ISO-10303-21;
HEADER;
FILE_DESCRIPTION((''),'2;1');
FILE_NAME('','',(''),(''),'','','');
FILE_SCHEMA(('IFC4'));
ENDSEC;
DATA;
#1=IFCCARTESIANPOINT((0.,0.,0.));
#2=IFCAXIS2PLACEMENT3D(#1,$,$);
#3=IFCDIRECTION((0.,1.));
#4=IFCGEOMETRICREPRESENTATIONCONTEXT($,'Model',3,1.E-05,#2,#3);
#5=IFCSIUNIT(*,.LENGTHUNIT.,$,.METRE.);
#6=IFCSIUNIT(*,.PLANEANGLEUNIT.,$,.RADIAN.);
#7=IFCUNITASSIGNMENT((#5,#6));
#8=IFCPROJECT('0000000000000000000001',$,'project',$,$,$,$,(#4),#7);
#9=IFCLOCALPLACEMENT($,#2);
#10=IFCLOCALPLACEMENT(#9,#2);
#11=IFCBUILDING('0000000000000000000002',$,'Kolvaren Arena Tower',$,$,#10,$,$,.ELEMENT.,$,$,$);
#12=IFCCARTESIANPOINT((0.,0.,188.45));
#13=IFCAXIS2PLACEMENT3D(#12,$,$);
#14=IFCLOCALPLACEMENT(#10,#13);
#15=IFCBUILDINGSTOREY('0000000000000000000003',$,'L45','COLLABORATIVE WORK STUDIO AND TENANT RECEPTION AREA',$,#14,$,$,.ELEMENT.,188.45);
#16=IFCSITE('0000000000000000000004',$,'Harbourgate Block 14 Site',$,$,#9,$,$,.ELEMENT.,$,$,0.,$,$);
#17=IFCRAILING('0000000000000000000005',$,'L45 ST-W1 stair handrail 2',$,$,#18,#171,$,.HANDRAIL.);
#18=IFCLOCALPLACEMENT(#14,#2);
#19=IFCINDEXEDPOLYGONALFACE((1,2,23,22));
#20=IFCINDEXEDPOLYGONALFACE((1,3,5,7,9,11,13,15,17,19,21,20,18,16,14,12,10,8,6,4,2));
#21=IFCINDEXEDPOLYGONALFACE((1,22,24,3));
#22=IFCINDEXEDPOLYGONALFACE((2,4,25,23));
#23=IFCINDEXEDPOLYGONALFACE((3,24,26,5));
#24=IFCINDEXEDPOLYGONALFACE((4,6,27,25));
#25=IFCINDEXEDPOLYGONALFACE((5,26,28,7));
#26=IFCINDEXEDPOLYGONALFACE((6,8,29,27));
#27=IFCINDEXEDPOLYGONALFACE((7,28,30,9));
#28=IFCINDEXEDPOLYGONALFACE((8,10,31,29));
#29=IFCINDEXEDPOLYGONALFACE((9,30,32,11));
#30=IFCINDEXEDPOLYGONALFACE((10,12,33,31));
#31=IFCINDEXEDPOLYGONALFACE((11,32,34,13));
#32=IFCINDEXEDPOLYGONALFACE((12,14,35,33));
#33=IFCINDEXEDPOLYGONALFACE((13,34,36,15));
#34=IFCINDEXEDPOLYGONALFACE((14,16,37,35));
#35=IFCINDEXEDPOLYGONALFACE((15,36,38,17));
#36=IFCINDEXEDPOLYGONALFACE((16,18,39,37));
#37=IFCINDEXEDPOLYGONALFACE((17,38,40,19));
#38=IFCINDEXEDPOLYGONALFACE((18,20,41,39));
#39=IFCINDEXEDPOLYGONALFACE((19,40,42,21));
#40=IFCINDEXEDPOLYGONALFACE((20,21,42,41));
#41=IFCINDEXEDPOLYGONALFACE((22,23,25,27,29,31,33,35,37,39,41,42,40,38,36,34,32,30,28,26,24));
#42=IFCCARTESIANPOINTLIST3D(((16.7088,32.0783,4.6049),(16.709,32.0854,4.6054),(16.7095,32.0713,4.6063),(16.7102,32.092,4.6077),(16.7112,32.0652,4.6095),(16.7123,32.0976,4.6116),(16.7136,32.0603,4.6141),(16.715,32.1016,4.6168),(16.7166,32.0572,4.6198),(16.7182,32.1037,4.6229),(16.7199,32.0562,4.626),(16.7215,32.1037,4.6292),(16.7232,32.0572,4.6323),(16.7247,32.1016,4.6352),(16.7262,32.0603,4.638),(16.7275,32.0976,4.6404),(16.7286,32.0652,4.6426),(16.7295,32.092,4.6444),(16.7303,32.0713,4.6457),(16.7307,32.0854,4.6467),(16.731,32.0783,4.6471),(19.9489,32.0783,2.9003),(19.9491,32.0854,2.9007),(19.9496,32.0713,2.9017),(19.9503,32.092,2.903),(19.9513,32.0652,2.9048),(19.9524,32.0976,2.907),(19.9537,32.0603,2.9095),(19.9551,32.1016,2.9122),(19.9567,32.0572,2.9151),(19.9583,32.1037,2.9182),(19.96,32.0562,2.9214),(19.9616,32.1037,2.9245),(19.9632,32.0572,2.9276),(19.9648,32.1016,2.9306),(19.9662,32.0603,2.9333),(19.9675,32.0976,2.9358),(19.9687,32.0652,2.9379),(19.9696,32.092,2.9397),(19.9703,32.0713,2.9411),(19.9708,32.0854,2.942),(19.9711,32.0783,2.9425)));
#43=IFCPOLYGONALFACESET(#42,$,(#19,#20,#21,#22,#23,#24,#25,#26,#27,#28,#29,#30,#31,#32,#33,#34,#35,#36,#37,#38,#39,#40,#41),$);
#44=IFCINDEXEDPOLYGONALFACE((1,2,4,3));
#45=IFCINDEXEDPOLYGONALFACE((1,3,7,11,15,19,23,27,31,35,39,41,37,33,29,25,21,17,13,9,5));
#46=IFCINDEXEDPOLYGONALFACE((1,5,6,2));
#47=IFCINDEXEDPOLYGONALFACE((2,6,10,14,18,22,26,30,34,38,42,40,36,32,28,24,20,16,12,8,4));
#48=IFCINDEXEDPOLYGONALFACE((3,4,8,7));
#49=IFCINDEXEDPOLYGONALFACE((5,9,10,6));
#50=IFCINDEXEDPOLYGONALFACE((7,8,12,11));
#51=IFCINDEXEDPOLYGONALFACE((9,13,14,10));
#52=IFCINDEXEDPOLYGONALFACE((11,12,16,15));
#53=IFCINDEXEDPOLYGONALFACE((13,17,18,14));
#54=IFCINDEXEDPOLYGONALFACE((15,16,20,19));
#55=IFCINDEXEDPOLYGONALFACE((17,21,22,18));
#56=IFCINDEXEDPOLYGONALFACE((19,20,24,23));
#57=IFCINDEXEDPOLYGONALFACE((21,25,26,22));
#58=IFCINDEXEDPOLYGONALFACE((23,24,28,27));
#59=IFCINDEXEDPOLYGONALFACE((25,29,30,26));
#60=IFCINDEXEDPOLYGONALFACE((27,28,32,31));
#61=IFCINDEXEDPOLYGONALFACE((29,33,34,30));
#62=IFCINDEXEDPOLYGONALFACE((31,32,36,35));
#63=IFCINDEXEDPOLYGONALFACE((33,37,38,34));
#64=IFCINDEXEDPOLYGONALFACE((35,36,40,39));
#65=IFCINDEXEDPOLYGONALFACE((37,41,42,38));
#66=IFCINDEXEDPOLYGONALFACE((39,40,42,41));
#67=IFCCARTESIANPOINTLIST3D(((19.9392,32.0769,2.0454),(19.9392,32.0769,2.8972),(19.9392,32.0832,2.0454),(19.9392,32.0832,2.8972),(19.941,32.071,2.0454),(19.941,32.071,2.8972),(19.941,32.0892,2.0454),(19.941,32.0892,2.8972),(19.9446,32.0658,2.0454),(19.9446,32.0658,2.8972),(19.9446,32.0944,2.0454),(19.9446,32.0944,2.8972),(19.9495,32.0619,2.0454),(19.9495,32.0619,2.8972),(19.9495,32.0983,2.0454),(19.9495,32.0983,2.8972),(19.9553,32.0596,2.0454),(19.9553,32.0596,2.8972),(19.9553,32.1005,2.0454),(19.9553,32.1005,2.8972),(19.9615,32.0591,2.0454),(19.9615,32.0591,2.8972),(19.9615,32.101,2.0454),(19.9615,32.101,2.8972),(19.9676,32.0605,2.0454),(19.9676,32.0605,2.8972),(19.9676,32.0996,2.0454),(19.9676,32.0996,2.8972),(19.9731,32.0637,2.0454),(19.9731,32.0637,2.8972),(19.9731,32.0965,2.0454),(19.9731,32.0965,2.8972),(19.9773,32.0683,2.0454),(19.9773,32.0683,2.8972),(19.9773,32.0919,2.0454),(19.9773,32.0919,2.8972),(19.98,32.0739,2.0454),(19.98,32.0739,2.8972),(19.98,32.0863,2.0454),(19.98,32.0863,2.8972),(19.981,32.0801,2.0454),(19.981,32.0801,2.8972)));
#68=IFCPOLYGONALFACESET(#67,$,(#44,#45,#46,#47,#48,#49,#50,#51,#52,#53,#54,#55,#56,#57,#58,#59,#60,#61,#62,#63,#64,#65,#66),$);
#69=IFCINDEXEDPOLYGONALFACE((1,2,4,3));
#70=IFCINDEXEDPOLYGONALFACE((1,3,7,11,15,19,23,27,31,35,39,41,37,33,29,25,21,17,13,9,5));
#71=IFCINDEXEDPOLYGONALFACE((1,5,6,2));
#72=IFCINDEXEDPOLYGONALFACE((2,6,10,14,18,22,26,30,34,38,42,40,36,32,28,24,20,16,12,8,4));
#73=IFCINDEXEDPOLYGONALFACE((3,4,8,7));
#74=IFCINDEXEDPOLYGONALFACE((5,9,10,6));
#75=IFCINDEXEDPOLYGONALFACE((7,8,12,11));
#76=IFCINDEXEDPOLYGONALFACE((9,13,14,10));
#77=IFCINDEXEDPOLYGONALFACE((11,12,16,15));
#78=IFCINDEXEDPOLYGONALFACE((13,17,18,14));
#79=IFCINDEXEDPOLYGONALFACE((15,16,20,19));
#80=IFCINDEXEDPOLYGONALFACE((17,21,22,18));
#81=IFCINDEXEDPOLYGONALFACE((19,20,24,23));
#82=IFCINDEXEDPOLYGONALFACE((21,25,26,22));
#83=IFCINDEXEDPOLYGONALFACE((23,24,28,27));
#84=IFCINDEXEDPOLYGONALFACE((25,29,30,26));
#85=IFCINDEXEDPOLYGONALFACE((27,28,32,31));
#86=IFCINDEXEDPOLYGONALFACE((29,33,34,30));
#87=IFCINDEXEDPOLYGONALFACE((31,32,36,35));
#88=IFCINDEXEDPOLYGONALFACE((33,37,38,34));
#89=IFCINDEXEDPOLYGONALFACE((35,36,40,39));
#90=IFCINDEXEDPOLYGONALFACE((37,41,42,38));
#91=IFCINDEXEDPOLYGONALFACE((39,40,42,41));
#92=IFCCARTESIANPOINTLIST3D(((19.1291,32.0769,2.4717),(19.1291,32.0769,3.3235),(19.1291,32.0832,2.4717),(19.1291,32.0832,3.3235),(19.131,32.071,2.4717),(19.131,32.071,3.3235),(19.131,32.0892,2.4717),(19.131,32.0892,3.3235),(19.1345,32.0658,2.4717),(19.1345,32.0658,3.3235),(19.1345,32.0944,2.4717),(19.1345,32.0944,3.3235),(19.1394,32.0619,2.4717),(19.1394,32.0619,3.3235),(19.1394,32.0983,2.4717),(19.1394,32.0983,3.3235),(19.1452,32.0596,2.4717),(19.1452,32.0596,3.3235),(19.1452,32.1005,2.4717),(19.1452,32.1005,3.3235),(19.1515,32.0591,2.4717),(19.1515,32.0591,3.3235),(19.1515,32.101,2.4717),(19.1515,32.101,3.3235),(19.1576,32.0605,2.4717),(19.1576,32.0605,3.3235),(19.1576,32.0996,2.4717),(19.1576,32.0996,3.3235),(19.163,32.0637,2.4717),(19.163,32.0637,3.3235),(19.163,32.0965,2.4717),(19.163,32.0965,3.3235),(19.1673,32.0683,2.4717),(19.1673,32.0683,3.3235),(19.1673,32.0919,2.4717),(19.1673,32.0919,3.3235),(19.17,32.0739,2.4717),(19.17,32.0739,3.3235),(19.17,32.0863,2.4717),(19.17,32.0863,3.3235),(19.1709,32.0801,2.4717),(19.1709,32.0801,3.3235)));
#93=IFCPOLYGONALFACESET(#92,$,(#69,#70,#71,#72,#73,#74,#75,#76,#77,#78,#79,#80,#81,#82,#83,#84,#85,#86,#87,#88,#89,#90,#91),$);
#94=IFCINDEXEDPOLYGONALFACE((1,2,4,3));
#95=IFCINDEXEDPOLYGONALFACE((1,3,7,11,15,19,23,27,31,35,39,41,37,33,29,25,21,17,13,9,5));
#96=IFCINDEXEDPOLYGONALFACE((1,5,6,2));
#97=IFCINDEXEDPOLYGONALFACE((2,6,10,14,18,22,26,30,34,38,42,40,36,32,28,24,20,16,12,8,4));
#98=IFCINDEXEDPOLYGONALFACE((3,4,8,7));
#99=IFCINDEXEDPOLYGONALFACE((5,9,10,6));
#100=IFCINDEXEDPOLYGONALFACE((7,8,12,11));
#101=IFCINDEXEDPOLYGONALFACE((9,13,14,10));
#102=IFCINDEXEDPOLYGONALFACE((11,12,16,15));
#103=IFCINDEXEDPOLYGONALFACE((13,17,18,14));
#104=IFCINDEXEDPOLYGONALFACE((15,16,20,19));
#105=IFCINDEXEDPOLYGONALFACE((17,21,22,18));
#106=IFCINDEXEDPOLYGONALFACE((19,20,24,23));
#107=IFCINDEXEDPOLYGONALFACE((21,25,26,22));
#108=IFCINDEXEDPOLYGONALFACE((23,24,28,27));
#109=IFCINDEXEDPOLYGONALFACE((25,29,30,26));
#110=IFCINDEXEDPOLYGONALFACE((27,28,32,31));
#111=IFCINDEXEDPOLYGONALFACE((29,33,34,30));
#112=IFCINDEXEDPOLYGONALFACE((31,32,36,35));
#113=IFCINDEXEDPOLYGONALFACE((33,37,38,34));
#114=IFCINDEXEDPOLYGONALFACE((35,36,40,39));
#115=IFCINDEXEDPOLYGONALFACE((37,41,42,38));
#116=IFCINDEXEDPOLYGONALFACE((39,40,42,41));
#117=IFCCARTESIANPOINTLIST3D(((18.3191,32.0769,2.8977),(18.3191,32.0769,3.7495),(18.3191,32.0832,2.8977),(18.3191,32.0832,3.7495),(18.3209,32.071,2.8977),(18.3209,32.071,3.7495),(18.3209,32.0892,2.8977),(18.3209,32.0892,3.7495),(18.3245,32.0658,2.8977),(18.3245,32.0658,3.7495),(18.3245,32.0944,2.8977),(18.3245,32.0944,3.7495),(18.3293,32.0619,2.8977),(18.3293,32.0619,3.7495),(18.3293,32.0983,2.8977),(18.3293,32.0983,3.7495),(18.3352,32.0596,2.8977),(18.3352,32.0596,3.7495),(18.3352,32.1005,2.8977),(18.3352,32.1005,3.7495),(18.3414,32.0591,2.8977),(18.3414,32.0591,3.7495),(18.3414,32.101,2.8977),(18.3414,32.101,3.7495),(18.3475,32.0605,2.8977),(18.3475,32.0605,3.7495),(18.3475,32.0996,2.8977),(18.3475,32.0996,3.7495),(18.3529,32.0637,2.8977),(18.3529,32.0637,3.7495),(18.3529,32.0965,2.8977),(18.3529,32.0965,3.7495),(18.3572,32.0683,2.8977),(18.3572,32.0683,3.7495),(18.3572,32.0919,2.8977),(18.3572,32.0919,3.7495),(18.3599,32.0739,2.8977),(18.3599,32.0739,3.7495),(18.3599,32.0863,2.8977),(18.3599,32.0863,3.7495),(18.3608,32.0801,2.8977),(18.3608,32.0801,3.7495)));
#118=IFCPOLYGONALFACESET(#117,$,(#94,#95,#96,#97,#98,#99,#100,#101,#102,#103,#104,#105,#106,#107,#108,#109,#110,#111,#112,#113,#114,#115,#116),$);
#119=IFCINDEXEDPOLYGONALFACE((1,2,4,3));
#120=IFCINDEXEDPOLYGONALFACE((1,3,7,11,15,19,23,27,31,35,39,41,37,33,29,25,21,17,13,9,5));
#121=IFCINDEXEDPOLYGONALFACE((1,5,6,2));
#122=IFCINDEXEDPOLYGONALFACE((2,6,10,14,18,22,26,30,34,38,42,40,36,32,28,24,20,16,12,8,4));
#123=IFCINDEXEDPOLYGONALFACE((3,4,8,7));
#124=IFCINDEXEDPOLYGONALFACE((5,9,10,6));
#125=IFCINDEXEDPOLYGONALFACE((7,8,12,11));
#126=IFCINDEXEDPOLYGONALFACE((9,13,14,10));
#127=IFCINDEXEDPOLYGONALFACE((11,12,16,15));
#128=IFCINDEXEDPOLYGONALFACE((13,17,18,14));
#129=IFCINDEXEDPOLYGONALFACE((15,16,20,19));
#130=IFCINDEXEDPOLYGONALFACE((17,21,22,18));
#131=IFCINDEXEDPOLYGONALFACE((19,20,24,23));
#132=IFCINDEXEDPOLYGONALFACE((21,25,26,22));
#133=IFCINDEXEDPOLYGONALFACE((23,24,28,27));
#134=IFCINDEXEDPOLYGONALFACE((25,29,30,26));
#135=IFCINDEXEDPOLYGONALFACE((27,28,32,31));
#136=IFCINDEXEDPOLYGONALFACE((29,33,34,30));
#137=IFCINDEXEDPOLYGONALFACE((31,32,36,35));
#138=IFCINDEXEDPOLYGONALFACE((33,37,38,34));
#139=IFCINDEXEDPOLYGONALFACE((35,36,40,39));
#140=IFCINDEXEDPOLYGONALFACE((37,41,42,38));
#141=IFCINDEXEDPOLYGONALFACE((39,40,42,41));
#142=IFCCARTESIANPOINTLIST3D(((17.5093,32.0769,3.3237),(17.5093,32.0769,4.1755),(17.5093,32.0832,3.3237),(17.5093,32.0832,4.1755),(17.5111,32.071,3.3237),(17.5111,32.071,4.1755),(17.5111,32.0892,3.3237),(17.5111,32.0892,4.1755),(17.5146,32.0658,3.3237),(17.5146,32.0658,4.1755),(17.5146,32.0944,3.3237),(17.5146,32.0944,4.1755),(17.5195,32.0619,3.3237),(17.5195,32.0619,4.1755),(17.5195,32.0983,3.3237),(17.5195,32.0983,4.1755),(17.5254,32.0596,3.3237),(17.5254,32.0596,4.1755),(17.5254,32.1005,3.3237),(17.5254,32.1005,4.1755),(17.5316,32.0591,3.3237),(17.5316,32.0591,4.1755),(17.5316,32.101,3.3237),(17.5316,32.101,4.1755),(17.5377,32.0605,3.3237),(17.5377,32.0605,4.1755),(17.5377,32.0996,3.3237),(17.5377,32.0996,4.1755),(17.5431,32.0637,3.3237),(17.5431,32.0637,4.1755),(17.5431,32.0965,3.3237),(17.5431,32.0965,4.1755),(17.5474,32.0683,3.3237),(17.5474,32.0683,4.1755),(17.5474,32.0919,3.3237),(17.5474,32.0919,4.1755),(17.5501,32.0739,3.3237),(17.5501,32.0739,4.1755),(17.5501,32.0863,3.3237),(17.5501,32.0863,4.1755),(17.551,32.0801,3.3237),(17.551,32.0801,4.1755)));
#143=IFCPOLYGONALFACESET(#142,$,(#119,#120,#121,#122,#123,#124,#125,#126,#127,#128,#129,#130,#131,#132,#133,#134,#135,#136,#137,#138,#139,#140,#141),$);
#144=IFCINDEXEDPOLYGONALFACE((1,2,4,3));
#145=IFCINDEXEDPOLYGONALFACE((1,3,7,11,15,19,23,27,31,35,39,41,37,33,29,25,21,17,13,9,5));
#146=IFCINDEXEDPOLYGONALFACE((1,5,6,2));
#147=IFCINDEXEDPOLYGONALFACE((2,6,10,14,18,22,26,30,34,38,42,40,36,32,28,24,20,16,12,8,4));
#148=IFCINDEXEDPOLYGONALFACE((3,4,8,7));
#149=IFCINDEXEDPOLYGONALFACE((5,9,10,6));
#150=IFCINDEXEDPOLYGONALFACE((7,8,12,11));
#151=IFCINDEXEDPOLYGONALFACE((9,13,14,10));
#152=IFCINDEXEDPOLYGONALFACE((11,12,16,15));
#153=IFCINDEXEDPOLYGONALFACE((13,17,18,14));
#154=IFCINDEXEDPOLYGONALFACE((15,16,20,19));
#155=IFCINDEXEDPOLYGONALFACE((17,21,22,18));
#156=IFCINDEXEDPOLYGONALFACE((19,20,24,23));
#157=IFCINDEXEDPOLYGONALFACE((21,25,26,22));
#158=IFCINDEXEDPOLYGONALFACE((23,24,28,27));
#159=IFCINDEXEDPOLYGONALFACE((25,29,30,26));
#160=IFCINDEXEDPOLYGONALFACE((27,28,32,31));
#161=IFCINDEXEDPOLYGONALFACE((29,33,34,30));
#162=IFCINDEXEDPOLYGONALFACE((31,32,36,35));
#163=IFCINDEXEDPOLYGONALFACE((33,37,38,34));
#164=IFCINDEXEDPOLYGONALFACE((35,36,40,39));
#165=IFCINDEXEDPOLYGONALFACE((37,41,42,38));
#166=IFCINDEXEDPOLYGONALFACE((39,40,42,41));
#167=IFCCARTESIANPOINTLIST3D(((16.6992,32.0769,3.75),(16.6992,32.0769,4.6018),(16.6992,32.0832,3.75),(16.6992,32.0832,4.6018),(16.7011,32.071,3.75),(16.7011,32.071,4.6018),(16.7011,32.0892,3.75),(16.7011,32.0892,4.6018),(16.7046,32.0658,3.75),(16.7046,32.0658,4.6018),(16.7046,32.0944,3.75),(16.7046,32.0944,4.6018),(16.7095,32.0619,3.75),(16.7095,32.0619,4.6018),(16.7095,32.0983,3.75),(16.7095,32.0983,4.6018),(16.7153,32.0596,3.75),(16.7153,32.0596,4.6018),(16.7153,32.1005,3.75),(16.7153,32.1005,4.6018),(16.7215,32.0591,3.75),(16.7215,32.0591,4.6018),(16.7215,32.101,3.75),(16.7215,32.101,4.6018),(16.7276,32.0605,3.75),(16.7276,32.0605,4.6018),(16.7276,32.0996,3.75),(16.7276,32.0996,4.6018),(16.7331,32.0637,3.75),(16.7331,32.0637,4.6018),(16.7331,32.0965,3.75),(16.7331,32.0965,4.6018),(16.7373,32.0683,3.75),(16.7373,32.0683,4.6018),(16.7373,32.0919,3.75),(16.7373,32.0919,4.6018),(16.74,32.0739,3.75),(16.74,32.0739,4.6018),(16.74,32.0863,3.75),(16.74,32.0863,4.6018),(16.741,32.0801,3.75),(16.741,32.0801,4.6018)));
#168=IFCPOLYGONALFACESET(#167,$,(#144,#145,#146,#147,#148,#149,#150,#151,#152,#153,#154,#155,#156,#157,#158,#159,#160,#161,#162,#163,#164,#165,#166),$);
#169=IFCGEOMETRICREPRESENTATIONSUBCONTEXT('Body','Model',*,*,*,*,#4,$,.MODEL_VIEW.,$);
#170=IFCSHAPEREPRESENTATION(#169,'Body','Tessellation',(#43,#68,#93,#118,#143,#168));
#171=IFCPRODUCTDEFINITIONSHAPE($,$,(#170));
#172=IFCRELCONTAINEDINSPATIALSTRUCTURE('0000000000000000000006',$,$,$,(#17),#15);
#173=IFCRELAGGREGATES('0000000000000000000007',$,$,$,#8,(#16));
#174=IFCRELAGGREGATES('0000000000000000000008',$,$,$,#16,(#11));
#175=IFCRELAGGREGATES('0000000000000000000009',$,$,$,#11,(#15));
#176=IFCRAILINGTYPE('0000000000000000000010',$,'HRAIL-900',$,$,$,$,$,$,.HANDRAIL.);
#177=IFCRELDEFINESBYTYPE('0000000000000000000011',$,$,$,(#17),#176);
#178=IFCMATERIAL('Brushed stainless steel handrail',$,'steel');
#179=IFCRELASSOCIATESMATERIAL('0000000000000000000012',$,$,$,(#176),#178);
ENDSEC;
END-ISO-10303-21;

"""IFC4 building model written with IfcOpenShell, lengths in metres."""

from ifc_helpers import new_model, si_unit, direction, frame, origin, origin_2d, place, context, subcontext, project, spatial, circle, extrude, material, type_object, element, save


model = new_model("IFC4")

# Units and contexts
model_context = context("Model", 3, precision=1e-05, world=origin(), true_north=direction((0.0, 1.0)))
body_context = subcontext(model_context, "Body", "Model", "MODEL_VIEW")
ifc_project = project(units=[si_unit("LENGTHUNIT", "METRE"), si_unit("PLANEANGLEUNIT", "RADIAN")], contexts=[model_context])

# Site, building, storey
site_placement = place(None, origin())
site = spatial("IfcSite", under=ifc_project, at=site_placement, Name="Harbourgate Block 14 Site", CompositionType="ELEMENT", RefElevation=0.0)
building_placement = place(site_placement, origin())
building = spatial("IfcBuilding", under=site, at=building_placement, Name="Kolvaren Arena Tower", CompositionType="ELEMENT")
storey_placement = place(building_placement, frame((0.0, 0.0, 188.45)))
storey = spatial("IfcBuildingStorey", under=building, at=storey_placement, Name="L45", Description="COLLABORATIVE WORK STUDIO AND TENANT RECEPTION AREA", CompositionType="ELEMENT", Elevation=188.45)

# Railing
ifc_material_1 = material(Name="Brushed stainless steel handrail", Category="steel")
railing_type_1 = type_object("IfcRailingType", Name="HRAIL-900", PredefinedType="HANDRAIL", material=ifc_material_1)
railing_1_placement = place(storey_placement, frame((19.96, 32.0801, 2.0454)))
element("IfcRailing", 1, at=railing_1_placement, inside=storey, type_object=railing_type_1, Name="L45 ST-W1 stair handrail 2", PredefinedType="HANDRAIL", context=body_context, shape_type="SweptSolid", body=[
    extrude(circle(Radius=0.0239, at=origin_2d()), frame((0.0, 0.0, 0.876), z_axis=(-0.884993, 0.0, 0.465604), x_axis=(0.0, -1.0, 0.0)), (0.0, 0.0, 1.0), 3.6611),
    extrude(circle(Radius=0.021, at=origin_2d()), origin(), (0.0, 0.0, 1.0), 0.8518),
    extrude(circle(Radius=0.021, at=origin_2d()), frame((-0.8101, 0.0, 0.4263)), (0.0, 0.0, 1.0), 0.8518),
    extrude(circle(Radius=0.021, at=origin_2d()), frame((-1.6201, 0.0, 0.8523)), (0.0, 0.0, 1.0), 0.8518),
    extrude(circle(Radius=0.021, at=origin_2d()), frame((-2.4299, 0.0, 1.2783)), (0.0, 0.0, 1.0), 0.8518),
    extrude(circle(Radius=0.021, at=origin_2d()), frame((-3.24, 0.0, 1.7046)), (0.0, 0.0, 1.0), 0.8518),
])

save(model, "model.ifc")
